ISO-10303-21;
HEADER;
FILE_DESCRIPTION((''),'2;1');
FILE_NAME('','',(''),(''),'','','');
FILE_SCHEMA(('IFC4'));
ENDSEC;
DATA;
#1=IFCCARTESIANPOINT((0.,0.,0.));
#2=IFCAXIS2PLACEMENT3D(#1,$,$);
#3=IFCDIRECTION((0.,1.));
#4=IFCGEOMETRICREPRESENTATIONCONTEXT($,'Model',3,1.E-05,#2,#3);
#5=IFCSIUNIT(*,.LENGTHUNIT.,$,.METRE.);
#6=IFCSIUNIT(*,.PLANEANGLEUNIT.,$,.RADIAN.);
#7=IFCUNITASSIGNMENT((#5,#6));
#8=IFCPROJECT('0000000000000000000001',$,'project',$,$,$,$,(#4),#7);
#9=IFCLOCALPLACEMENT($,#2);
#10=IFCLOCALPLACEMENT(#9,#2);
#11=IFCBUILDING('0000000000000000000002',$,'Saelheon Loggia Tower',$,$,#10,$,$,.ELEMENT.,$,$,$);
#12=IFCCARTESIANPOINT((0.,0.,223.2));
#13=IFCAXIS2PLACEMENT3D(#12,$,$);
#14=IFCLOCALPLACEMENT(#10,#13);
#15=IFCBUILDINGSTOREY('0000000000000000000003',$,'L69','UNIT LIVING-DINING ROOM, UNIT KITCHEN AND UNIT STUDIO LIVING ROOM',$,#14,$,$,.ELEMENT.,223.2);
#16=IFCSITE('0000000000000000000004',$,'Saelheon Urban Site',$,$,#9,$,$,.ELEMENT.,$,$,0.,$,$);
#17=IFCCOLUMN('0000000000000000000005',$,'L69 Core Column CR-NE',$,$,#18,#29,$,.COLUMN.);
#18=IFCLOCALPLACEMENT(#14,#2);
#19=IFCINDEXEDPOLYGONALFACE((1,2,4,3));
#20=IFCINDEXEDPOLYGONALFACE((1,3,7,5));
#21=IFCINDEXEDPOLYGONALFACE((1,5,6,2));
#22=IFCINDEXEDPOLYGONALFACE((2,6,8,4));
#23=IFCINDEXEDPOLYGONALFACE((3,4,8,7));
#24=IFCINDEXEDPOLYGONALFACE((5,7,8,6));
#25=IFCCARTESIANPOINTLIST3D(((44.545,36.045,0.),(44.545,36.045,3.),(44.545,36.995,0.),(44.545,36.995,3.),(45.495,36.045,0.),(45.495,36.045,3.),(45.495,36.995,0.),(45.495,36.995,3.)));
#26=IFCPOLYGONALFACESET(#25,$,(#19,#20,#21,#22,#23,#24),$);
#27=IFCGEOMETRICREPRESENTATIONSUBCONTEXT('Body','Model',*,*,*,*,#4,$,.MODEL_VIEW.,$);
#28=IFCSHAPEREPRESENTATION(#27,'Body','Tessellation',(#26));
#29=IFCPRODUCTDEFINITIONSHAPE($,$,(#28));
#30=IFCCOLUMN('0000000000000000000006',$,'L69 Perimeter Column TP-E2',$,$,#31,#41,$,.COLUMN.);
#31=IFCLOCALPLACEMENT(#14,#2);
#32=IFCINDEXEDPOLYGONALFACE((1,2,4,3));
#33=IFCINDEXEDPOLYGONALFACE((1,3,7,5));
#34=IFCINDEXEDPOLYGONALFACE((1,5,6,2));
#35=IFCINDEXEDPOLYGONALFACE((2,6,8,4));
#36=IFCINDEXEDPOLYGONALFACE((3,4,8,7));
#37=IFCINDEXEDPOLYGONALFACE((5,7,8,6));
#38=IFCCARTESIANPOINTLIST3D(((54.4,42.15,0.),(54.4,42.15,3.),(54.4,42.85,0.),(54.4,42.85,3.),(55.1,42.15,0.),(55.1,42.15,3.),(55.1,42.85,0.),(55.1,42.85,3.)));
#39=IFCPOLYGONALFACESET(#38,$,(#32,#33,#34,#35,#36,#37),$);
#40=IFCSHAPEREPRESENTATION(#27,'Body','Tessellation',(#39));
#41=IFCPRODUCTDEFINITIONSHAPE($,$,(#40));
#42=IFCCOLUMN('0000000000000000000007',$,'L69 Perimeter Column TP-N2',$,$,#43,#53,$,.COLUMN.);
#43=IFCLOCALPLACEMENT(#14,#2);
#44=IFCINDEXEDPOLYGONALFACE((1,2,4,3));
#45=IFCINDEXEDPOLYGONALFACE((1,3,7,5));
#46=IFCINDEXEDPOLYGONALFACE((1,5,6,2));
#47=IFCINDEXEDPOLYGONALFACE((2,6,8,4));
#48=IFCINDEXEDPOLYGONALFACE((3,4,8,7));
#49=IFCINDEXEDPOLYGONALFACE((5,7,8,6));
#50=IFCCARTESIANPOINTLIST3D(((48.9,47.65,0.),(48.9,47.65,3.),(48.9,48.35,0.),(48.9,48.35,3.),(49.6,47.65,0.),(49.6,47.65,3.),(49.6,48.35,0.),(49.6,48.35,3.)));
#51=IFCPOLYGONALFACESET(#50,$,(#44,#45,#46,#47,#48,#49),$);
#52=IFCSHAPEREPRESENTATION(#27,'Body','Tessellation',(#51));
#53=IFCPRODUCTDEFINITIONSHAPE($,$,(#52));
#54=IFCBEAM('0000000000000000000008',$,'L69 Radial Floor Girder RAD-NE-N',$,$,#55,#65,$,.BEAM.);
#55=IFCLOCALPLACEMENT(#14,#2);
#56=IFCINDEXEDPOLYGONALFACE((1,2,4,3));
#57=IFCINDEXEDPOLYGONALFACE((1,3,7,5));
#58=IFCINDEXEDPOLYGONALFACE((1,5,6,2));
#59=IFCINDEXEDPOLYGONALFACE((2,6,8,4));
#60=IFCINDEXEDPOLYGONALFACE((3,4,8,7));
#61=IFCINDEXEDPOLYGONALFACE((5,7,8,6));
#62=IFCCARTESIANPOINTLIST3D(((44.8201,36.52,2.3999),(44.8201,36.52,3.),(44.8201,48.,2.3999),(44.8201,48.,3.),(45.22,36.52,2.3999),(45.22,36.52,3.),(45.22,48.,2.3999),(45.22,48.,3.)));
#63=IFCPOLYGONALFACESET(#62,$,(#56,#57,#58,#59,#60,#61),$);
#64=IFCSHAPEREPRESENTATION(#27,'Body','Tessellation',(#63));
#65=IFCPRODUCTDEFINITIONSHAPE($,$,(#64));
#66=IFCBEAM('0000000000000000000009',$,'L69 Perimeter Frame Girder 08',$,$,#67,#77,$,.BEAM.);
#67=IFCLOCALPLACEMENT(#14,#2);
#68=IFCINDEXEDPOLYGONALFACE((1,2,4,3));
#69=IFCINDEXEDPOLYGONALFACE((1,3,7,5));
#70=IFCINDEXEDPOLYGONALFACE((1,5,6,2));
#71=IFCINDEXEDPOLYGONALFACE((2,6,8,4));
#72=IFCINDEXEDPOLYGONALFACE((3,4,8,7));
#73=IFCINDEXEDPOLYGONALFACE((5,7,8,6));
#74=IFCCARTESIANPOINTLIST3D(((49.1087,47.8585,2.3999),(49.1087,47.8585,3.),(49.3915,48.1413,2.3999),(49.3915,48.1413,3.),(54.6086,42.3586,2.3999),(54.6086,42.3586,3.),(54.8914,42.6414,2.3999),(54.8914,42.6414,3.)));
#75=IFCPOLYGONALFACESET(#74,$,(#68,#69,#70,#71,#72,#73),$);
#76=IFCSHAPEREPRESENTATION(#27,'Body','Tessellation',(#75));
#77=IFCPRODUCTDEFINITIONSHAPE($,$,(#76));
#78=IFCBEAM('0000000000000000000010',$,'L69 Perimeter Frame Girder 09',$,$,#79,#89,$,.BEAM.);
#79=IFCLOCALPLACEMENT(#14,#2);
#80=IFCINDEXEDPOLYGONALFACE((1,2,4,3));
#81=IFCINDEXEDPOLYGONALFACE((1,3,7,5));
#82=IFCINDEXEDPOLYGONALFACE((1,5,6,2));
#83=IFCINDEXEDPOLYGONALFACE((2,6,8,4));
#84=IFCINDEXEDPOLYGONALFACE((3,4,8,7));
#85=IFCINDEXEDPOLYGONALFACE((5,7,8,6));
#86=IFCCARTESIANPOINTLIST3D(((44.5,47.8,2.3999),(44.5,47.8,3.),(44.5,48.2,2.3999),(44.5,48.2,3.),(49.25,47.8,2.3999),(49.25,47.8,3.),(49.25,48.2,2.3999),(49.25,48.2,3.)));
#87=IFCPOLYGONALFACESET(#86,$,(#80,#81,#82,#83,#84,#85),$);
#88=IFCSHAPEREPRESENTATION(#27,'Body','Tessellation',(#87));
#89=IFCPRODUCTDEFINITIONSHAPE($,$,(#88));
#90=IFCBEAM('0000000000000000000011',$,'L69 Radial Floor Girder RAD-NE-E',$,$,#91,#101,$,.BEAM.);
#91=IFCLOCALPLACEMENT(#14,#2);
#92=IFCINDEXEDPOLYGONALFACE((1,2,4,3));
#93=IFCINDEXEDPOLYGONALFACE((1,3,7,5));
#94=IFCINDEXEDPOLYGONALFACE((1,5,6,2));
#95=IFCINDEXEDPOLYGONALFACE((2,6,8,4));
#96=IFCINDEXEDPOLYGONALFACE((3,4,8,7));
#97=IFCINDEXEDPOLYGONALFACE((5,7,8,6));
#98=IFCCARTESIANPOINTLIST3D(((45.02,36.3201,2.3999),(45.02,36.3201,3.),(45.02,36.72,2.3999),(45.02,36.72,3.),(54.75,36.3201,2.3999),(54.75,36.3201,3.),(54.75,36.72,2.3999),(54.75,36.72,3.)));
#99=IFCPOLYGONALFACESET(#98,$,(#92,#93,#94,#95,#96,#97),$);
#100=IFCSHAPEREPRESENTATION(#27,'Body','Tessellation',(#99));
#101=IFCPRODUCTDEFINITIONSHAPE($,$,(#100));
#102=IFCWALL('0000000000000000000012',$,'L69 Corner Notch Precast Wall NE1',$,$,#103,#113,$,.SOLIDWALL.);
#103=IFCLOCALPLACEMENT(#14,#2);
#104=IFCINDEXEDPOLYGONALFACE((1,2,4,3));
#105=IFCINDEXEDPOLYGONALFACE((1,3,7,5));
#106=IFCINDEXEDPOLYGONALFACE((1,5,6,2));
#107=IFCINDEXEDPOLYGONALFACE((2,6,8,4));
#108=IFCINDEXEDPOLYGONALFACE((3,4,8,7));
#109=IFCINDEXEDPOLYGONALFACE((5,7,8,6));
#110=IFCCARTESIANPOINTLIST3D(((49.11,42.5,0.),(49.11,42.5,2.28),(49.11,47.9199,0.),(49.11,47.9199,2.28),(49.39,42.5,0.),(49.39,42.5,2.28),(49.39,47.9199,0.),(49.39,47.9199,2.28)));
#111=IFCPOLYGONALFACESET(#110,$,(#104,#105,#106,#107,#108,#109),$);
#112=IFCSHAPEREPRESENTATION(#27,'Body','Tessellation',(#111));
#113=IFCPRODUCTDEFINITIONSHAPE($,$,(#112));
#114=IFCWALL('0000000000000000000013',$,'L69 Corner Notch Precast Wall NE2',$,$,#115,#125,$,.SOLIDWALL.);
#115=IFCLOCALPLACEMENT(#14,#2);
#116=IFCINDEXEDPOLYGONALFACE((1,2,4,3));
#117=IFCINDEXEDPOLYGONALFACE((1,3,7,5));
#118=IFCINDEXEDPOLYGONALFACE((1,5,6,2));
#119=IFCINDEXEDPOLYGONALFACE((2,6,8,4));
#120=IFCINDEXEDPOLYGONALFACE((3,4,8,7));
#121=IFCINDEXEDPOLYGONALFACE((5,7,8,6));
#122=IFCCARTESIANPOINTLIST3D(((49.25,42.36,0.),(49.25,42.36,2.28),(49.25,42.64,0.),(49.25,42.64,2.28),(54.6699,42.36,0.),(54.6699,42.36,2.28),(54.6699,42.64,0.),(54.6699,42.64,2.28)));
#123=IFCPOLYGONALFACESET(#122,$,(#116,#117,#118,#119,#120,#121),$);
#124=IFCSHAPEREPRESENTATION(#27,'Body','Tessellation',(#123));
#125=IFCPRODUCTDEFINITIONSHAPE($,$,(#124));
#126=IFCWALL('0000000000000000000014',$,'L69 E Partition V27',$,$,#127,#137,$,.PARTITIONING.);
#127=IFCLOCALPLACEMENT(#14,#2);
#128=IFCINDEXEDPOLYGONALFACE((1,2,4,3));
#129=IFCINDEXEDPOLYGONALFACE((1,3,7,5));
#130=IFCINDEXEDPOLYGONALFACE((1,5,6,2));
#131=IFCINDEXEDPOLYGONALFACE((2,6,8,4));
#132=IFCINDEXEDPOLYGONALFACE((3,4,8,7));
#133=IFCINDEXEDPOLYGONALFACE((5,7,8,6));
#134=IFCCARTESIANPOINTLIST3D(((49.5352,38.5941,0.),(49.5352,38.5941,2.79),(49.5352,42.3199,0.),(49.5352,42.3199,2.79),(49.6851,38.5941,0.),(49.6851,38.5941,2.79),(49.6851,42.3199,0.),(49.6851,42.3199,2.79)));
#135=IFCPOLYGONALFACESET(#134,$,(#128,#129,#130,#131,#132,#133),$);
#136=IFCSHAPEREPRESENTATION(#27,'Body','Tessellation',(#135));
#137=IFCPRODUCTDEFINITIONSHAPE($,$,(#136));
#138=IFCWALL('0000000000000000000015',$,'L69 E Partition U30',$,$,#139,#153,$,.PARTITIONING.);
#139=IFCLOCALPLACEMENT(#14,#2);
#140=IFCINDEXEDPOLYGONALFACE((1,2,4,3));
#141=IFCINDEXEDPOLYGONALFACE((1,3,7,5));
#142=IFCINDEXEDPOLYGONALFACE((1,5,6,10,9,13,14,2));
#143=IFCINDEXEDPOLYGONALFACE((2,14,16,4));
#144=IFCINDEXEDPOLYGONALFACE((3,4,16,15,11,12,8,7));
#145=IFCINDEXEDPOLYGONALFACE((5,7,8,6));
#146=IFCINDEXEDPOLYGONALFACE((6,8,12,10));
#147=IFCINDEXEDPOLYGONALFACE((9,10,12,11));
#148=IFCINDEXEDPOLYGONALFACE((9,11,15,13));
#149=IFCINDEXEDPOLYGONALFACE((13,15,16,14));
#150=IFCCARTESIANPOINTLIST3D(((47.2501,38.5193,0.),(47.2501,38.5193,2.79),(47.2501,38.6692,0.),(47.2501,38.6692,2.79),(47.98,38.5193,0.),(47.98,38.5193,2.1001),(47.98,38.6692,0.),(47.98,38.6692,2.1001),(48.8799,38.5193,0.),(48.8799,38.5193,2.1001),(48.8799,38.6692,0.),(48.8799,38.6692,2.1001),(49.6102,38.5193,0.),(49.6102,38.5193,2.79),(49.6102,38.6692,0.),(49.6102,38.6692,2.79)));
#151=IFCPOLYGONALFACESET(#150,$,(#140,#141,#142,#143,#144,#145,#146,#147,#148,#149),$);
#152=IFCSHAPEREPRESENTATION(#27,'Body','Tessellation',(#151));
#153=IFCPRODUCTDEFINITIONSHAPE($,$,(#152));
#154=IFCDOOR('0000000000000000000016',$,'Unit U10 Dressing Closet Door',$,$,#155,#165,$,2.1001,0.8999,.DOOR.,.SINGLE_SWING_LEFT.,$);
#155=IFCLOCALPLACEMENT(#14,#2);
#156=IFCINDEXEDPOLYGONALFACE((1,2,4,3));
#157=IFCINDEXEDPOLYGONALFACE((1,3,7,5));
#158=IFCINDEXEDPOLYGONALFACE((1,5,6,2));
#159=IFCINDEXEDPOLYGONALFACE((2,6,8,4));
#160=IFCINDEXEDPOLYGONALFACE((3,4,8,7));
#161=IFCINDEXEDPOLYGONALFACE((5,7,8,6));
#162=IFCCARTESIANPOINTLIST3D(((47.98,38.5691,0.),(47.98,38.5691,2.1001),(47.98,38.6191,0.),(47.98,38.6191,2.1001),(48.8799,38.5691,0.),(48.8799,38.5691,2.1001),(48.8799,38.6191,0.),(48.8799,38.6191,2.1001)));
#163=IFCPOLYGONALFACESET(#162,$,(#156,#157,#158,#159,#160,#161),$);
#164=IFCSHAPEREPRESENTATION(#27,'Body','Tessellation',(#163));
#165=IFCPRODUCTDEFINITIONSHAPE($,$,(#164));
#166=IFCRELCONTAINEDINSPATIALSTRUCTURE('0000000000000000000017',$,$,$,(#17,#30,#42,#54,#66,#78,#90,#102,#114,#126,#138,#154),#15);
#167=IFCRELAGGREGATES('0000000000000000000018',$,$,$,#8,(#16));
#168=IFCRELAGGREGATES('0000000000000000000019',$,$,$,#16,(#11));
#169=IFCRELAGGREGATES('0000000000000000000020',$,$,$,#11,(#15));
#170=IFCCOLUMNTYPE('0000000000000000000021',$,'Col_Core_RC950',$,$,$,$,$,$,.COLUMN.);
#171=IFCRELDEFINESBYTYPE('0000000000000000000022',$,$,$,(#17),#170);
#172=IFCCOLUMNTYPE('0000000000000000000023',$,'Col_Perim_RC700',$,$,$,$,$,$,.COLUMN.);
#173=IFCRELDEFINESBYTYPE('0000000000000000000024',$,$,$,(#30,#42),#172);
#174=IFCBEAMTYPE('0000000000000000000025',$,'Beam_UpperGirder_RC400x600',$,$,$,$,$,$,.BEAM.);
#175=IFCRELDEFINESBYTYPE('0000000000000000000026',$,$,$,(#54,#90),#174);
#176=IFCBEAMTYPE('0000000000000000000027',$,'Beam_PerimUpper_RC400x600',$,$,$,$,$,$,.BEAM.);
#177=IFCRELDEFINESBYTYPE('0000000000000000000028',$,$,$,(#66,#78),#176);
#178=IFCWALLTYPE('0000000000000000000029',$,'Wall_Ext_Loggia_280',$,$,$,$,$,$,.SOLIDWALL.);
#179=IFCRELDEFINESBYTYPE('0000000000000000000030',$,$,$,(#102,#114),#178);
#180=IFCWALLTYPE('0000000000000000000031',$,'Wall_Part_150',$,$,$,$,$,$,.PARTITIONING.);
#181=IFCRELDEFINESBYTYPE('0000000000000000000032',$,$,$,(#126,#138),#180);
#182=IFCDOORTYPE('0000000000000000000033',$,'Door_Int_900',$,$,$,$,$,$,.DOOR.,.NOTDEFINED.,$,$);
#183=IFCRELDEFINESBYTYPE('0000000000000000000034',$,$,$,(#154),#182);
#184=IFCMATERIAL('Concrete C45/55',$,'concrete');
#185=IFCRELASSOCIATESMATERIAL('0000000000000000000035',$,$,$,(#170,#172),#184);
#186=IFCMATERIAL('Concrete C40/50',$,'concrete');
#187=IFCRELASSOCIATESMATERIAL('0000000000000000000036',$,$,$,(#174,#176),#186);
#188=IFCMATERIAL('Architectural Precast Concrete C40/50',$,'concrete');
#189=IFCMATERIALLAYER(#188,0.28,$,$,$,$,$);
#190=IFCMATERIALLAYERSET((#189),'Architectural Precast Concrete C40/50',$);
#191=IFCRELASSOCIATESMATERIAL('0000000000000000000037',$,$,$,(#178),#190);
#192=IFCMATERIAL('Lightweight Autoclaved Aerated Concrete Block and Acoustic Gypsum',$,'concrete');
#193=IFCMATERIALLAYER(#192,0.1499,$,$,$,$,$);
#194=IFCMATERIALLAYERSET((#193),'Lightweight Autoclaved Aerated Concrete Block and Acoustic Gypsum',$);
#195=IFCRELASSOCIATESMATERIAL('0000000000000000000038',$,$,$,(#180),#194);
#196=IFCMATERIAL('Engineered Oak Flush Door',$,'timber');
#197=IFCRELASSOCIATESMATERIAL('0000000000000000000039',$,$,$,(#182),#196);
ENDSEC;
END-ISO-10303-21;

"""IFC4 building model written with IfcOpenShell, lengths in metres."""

from ifc_helpers import new_model, si_unit, direction, frame, frame_2d, origin, origin_2d, place, context, subcontext, project, spatial, rectangle, extrude, source, transform, mapped, material, layer, layer_set, material_profile, profile_set, type_object, element, fill, save


model = new_model("IFC4")

# Units and contexts
model_context = context("Model", 3, precision=1e-05, world=origin(), true_north=direction((0.0, 1.0)))
body_context = subcontext(model_context, "Body", "Model", "MODEL_VIEW")
ifc_project = project(units=[si_unit("LENGTHUNIT", "METRE"), si_unit("PLANEANGLEUNIT", "RADIAN")], contexts=[model_context])

# Site, building, storey
site_placement = place(None, origin())
site = spatial("IfcSite", under=ifc_project, at=site_placement, Name="Saelheon Urban Site", CompositionType="ELEMENT", RefElevation=0.0)
building_placement = place(site_placement, origin())
building = spatial("IfcBuilding", under=site, at=building_placement, Name="Saelheon Loggia Tower", CompositionType="ELEMENT")
storey_placement = place(building_placement, frame((0.0, 0.0, 223.2)))
storey = spatial("IfcBuildingStorey", under=building, at=storey_placement, Name="L69", Description="UNIT LIVING-DINING ROOM, UNIT KITCHEN AND UNIT STUDIO LIVING ROOM", CompositionType="ELEMENT", Elevation=223.2)

# Columns
ifc_material_1 = material(Name="Concrete C45/55", Category="concrete")
ifc_material_profile_1 = material_profile(ifc_material_1, rectangle(XDim=0.95, YDim=0.95, at=origin_2d()), Name="RC-950x950")
ifc_profile_set_1 = profile_set([ifc_material_profile_1], Name="Concrete C45/55")
column_type_1 = type_object("IfcColumnType", Name="Col_Core_RC950", PredefinedType="COLUMN", material=ifc_profile_set_1)
shared_shape_1 = source(origin(), body_context, "Body", "SweptSolid", [
    extrude(rectangle(XDim=0.95, YDim=0.95, at=origin_2d()), origin(), (0.0, 0.0, 1.0), 3.0),
])
column_placement = place(storey_placement, frame((45.02, 36.52, 0.0), z_axis=(0.0, 0.0, 1.0), x_axis=(1.0, 0.0, 0.0)))
element("IfcColumn", 1, at=column_placement, inside=storey, type_object=column_type_1, Name="L69 Core Column CR-NE", PredefinedType="COLUMN", context=body_context, shape_type="MappedRepresentation", body=[
    mapped(shared_shape_1, transform((0.0, 0.0, 0.0), scale=1.0)),
])
ifc_material_profile_2 = material_profile(ifc_material_1, rectangle(XDim=0.7, YDim=0.7, at=origin_2d()), Name="RC-700x700")
ifc_profile_set_2 = profile_set([ifc_material_profile_2], Name="Concrete C45/55")
column_type_2 = type_object("IfcColumnType", Name="Col_Perim_RC700", PredefinedType="COLUMN", material=ifc_profile_set_2)
shared_shape_2 = source(origin(), body_context, "Body", "SweptSolid", [
    extrude(rectangle(XDim=0.7, YDim=0.7, at=origin_2d()), origin(), (0.0, 0.0, 1.0), 3.0),
])
for number, where, z_axis, x_axis, name in (
    (2, (54.75, 42.5, 0.0), (0.0, 0.0, 1.0), (1.0, 0.0, 0.0), "L69 Perimeter Column TP-E2"),
    (3, (49.25, 48.0, 0.0), (0.0, 0.0, 1.0), (1.0, 0.0, 0.0), "L69 Perimeter Column TP-N2"),
):
    element("IfcColumn", number, at=place(storey_placement, frame(where, z_axis=z_axis, x_axis=x_axis)), inside=storey, type_object=column_type_2, Name=name, PredefinedType="COLUMN", context=body_context, shape_type="MappedRepresentation", body=[
        mapped(shared_shape_2, transform((0.0, 0.0, 0.0), scale=1.0)),
    ])

# Beams
ifc_material_2 = material(Name="Concrete C40/50", Category="concrete")
ifc_material_profile_3 = material_profile(ifc_material_2, rectangle(XDim=0.3999, YDim=0.6001, at=origin_2d()), Name="RC-400x600")
ifc_profile_set_3 = profile_set([ifc_material_profile_3], Name="Concrete C40/50")
beam_type_1 = type_object("IfcBeamType", Name="Beam_UpperGirder_RC400x600", PredefinedType="BEAM", material=ifc_profile_set_3)
shared_shape_3 = source(origin(), body_context, "Body", "SweptSolid", [
    extrude(rectangle(XDim=0.3999, YDim=0.6001, at=origin_2d()), origin(), (0.0, 0.0, 1.0), 11.48),
])
beam_1_placement = place(storey_placement, frame((45.02, 36.52, 2.7), z_axis=(0.0, 1.0, 0.0), x_axis=(-1.0, 0.0, 0.0)))
element("IfcBeam", 4, at=beam_1_placement, inside=storey, type_object=beam_type_1, Name="L69 Radial Floor Girder RAD-NE-N", PredefinedType="BEAM", context=body_context, shape_type="MappedRepresentation", body=[
    mapped(shared_shape_3, transform((0.0, 0.0, 0.0), scale=1.0)),
])
ifc_material_profile_4 = material_profile(ifc_material_2, rectangle(XDim=0.3999, YDim=0.6001, at=origin_2d()), Name="RC-400x600")
ifc_profile_set_4 = profile_set([ifc_material_profile_4], Name="Concrete C40/50")
beam_type_2 = type_object("IfcBeamType", Name="Beam_PerimUpper_RC400x600", PredefinedType="BEAM", material=ifc_profile_set_4)
shared_shape_4 = source(origin(), body_context, "Body", "SweptSolid", [
    extrude(rectangle(XDim=0.3999, YDim=0.6001, at=origin_2d()), origin(), (0.0, 0.0, 1.0), 7.7781),
])
beam_2_placement = place(storey_placement, frame((54.75, 42.5, 2.7), z_axis=(-0.707107, 0.707107, 0.0), x_axis=(-0.707107, -0.707107, 0.0)))
element("IfcBeam", 5, at=beam_2_placement, inside=storey, type_object=beam_type_2, Name="L69 Perimeter Frame Girder 08", PredefinedType="BEAM", context=body_context, shape_type="MappedRepresentation", body=[
    mapped(shared_shape_4, transform((0.0, 0.0, 0.0), scale=1.0)),
])
shared_shape_5 = source(origin(), body_context, "Body", "SweptSolid", [
    extrude(rectangle(XDim=0.3999, YDim=0.6001, at=origin_2d()), origin(), (0.0, 0.0, 1.0), 4.75),
])
beam_3_placement = place(storey_placement, frame((49.25, 48.0, 2.7), z_axis=(-1.0, 0.0, 0.0), x_axis=(0.0, -1.0, 0.0)))
element("IfcBeam", 6, at=beam_3_placement, inside=storey, type_object=beam_type_2, Name="L69 Perimeter Frame Girder 09", PredefinedType="BEAM", context=body_context, shape_type="MappedRepresentation", body=[
    mapped(shared_shape_5, transform((0.0, 0.0, 0.0), scale=1.0)),
])
shared_shape_6 = source(origin(), body_context, "Body", "SweptSolid", [
    extrude(rectangle(XDim=0.3999, YDim=0.6001, at=origin_2d()), origin(), (0.0, 0.0, 1.0), 9.73),
])
beam_4_placement = place(storey_placement, frame((45.02, 36.52, 2.7), z_axis=(1.0, 0.0, 0.0), x_axis=(0.0, 1.0, 0.0)))
element("IfcBeam", 7, at=beam_4_placement, inside=storey, type_object=beam_type_1, Name="L69 Radial Floor Girder RAD-NE-E", PredefinedType="BEAM", context=body_context, shape_type="MappedRepresentation", body=[
    mapped(shared_shape_6, transform((0.0, 0.0, 0.0), scale=1.0)),
])

# Walls
ifc_material_3 = material(Name="Architectural Precast Concrete C40/50", Category="concrete")
ifc_layer_1 = layer(ifc_material_3, 0.28)
ifc_layer_set_1 = layer_set([ifc_layer_1], Name="Architectural Precast Concrete C40/50")
wall_type_1 = type_object("IfcWallType", Name="Wall_Ext_Loggia_280", PredefinedType="SOLIDWALL", material=ifc_layer_set_1)
for number, where, z_axis, x_axis, name in (
    (8, (49.25, 42.5, 0.0), (0.0, 0.0, 1.0), (0.0, 1.0, 0.0), "L69 Corner Notch Precast Wall NE1"),
    (9, (49.25, 42.5, 0.0), (0.0, 0.0, 1.0), (1.0, 0.0, 0.0), "L69 Corner Notch Precast Wall NE2"),
):
    element("IfcWall", number, at=place(storey_placement, frame(where, z_axis=z_axis, x_axis=x_axis)), inside=storey, type_object=wall_type_1, Name=name, PredefinedType="SOLIDWALL", context=body_context, shape_type="SweptSolid", body=[
        extrude(rectangle(XDim=5.4199, YDim=0.28, at=frame_2d((2.71, 0.0))), origin(), (0.0, 0.0, 1.0), 2.28),
    ])
ifc_material_4 = material(Name="Lightweight Autoclaved Aerated Concrete Block and Acoustic Gypsum", Category="concrete")
ifc_layer_2 = layer(ifc_material_4, 0.1499)
ifc_layer_set_2 = layer_set([ifc_layer_2], Name="Lightweight Autoclaved Aerated Concrete Block and Acoustic Gypsum")
wall_type_2 = type_object("IfcWallType", Name="Wall_Part_150", PredefinedType="PARTITIONING", material=ifc_layer_set_2)
wall_1_placement = place(storey_placement, frame((49.6101, 38.5942, 0.0), z_axis=(0.0, 0.0, 1.0), x_axis=(0.0, 1.0, 0.0)))
element("IfcWall", 10, at=wall_1_placement, inside=storey, type_object=wall_type_2, Name="L69 E Partition V27", PredefinedType="PARTITIONING", context=body_context, shape_type="SweptSolid", body=[
    extrude(rectangle(XDim=3.7258, YDim=0.1499, at=frame_2d((1.8628, 0.0))), origin(), (0.0, 0.0, 1.0), 2.79),
])

# Wall, opening, door
wall_2_placement = place(storey_placement, frame((47.25, 38.5942, 0.0), z_axis=(0.0, 0.0, 1.0), x_axis=(1.0, 0.0, 0.0)))
wall_2 = element("IfcWall", 11, at=wall_2_placement, inside=storey, type_object=wall_type_2, Name="L69 E Partition U30", PredefinedType="PARTITIONING", context=body_context, shape_type="SweptSolid", body=[
    extrude(rectangle(XDim=2.3601, YDim=0.1499, at=frame_2d((1.1802, 0.0))), origin(), (0.0, 0.0, 1.0), 2.79),
])
opening_1_placement = place(wall_2_placement, frame((0.73, 0.0, 0.0)))
opening_1 = element("IfcOpeningElement", 12, at=opening_1_placement, cuts=wall_2, PredefinedType="OPENING", context=body_context, shape_type="SweptSolid", body=[
    extrude(rectangle(XDim=0.8999, YDim=2.1001, at=frame_2d((0.45, 1.05))), frame((0.0, 0.0869, 0.0), z_axis=(0.0, -1.0, 0.0), x_axis=(1.0, 0.0, 0.0)), (0.0, 0.0, 1.0), 0.1738),
])
ifc_material_5 = material(Name="Engineered Oak Flush Door", Category="timber")
door_type = type_object("IfcDoorType", Name="Door_Int_900", OperationType="NOTDEFINED", PredefinedType="DOOR", material=ifc_material_5)
shared_shape_7 = source(origin(), body_context, "Body", "SweptSolid", [
    extrude(rectangle(XDim=0.8999, YDim=2.1001, at=frame_2d((0.45, 1.05))), frame((0.0, 0.0249, 0.0), z_axis=(0.0, -1.0, 0.0), x_axis=(1.0, 0.0, 0.0)), (0.0, 0.0, 1.0), 0.05),
])
door_1_placement = place(opening_1_placement, origin())
door_1 = element("IfcDoor", 13, at=door_1_placement, inside=storey, type_object=door_type, Name="Unit U10 Dressing Closet Door", OperationType="SINGLE_SWING_LEFT", OverallHeight=2.1001, OverallWidth=0.8999, PredefinedType="DOOR", context=body_context, shape_type="MappedRepresentation", body=[
    mapped(shared_shape_7, transform((0.0, 0.0, 0.0), scale=1.0)),
])
fill(opening_1, door_1)

save(model, "model.ifc")
